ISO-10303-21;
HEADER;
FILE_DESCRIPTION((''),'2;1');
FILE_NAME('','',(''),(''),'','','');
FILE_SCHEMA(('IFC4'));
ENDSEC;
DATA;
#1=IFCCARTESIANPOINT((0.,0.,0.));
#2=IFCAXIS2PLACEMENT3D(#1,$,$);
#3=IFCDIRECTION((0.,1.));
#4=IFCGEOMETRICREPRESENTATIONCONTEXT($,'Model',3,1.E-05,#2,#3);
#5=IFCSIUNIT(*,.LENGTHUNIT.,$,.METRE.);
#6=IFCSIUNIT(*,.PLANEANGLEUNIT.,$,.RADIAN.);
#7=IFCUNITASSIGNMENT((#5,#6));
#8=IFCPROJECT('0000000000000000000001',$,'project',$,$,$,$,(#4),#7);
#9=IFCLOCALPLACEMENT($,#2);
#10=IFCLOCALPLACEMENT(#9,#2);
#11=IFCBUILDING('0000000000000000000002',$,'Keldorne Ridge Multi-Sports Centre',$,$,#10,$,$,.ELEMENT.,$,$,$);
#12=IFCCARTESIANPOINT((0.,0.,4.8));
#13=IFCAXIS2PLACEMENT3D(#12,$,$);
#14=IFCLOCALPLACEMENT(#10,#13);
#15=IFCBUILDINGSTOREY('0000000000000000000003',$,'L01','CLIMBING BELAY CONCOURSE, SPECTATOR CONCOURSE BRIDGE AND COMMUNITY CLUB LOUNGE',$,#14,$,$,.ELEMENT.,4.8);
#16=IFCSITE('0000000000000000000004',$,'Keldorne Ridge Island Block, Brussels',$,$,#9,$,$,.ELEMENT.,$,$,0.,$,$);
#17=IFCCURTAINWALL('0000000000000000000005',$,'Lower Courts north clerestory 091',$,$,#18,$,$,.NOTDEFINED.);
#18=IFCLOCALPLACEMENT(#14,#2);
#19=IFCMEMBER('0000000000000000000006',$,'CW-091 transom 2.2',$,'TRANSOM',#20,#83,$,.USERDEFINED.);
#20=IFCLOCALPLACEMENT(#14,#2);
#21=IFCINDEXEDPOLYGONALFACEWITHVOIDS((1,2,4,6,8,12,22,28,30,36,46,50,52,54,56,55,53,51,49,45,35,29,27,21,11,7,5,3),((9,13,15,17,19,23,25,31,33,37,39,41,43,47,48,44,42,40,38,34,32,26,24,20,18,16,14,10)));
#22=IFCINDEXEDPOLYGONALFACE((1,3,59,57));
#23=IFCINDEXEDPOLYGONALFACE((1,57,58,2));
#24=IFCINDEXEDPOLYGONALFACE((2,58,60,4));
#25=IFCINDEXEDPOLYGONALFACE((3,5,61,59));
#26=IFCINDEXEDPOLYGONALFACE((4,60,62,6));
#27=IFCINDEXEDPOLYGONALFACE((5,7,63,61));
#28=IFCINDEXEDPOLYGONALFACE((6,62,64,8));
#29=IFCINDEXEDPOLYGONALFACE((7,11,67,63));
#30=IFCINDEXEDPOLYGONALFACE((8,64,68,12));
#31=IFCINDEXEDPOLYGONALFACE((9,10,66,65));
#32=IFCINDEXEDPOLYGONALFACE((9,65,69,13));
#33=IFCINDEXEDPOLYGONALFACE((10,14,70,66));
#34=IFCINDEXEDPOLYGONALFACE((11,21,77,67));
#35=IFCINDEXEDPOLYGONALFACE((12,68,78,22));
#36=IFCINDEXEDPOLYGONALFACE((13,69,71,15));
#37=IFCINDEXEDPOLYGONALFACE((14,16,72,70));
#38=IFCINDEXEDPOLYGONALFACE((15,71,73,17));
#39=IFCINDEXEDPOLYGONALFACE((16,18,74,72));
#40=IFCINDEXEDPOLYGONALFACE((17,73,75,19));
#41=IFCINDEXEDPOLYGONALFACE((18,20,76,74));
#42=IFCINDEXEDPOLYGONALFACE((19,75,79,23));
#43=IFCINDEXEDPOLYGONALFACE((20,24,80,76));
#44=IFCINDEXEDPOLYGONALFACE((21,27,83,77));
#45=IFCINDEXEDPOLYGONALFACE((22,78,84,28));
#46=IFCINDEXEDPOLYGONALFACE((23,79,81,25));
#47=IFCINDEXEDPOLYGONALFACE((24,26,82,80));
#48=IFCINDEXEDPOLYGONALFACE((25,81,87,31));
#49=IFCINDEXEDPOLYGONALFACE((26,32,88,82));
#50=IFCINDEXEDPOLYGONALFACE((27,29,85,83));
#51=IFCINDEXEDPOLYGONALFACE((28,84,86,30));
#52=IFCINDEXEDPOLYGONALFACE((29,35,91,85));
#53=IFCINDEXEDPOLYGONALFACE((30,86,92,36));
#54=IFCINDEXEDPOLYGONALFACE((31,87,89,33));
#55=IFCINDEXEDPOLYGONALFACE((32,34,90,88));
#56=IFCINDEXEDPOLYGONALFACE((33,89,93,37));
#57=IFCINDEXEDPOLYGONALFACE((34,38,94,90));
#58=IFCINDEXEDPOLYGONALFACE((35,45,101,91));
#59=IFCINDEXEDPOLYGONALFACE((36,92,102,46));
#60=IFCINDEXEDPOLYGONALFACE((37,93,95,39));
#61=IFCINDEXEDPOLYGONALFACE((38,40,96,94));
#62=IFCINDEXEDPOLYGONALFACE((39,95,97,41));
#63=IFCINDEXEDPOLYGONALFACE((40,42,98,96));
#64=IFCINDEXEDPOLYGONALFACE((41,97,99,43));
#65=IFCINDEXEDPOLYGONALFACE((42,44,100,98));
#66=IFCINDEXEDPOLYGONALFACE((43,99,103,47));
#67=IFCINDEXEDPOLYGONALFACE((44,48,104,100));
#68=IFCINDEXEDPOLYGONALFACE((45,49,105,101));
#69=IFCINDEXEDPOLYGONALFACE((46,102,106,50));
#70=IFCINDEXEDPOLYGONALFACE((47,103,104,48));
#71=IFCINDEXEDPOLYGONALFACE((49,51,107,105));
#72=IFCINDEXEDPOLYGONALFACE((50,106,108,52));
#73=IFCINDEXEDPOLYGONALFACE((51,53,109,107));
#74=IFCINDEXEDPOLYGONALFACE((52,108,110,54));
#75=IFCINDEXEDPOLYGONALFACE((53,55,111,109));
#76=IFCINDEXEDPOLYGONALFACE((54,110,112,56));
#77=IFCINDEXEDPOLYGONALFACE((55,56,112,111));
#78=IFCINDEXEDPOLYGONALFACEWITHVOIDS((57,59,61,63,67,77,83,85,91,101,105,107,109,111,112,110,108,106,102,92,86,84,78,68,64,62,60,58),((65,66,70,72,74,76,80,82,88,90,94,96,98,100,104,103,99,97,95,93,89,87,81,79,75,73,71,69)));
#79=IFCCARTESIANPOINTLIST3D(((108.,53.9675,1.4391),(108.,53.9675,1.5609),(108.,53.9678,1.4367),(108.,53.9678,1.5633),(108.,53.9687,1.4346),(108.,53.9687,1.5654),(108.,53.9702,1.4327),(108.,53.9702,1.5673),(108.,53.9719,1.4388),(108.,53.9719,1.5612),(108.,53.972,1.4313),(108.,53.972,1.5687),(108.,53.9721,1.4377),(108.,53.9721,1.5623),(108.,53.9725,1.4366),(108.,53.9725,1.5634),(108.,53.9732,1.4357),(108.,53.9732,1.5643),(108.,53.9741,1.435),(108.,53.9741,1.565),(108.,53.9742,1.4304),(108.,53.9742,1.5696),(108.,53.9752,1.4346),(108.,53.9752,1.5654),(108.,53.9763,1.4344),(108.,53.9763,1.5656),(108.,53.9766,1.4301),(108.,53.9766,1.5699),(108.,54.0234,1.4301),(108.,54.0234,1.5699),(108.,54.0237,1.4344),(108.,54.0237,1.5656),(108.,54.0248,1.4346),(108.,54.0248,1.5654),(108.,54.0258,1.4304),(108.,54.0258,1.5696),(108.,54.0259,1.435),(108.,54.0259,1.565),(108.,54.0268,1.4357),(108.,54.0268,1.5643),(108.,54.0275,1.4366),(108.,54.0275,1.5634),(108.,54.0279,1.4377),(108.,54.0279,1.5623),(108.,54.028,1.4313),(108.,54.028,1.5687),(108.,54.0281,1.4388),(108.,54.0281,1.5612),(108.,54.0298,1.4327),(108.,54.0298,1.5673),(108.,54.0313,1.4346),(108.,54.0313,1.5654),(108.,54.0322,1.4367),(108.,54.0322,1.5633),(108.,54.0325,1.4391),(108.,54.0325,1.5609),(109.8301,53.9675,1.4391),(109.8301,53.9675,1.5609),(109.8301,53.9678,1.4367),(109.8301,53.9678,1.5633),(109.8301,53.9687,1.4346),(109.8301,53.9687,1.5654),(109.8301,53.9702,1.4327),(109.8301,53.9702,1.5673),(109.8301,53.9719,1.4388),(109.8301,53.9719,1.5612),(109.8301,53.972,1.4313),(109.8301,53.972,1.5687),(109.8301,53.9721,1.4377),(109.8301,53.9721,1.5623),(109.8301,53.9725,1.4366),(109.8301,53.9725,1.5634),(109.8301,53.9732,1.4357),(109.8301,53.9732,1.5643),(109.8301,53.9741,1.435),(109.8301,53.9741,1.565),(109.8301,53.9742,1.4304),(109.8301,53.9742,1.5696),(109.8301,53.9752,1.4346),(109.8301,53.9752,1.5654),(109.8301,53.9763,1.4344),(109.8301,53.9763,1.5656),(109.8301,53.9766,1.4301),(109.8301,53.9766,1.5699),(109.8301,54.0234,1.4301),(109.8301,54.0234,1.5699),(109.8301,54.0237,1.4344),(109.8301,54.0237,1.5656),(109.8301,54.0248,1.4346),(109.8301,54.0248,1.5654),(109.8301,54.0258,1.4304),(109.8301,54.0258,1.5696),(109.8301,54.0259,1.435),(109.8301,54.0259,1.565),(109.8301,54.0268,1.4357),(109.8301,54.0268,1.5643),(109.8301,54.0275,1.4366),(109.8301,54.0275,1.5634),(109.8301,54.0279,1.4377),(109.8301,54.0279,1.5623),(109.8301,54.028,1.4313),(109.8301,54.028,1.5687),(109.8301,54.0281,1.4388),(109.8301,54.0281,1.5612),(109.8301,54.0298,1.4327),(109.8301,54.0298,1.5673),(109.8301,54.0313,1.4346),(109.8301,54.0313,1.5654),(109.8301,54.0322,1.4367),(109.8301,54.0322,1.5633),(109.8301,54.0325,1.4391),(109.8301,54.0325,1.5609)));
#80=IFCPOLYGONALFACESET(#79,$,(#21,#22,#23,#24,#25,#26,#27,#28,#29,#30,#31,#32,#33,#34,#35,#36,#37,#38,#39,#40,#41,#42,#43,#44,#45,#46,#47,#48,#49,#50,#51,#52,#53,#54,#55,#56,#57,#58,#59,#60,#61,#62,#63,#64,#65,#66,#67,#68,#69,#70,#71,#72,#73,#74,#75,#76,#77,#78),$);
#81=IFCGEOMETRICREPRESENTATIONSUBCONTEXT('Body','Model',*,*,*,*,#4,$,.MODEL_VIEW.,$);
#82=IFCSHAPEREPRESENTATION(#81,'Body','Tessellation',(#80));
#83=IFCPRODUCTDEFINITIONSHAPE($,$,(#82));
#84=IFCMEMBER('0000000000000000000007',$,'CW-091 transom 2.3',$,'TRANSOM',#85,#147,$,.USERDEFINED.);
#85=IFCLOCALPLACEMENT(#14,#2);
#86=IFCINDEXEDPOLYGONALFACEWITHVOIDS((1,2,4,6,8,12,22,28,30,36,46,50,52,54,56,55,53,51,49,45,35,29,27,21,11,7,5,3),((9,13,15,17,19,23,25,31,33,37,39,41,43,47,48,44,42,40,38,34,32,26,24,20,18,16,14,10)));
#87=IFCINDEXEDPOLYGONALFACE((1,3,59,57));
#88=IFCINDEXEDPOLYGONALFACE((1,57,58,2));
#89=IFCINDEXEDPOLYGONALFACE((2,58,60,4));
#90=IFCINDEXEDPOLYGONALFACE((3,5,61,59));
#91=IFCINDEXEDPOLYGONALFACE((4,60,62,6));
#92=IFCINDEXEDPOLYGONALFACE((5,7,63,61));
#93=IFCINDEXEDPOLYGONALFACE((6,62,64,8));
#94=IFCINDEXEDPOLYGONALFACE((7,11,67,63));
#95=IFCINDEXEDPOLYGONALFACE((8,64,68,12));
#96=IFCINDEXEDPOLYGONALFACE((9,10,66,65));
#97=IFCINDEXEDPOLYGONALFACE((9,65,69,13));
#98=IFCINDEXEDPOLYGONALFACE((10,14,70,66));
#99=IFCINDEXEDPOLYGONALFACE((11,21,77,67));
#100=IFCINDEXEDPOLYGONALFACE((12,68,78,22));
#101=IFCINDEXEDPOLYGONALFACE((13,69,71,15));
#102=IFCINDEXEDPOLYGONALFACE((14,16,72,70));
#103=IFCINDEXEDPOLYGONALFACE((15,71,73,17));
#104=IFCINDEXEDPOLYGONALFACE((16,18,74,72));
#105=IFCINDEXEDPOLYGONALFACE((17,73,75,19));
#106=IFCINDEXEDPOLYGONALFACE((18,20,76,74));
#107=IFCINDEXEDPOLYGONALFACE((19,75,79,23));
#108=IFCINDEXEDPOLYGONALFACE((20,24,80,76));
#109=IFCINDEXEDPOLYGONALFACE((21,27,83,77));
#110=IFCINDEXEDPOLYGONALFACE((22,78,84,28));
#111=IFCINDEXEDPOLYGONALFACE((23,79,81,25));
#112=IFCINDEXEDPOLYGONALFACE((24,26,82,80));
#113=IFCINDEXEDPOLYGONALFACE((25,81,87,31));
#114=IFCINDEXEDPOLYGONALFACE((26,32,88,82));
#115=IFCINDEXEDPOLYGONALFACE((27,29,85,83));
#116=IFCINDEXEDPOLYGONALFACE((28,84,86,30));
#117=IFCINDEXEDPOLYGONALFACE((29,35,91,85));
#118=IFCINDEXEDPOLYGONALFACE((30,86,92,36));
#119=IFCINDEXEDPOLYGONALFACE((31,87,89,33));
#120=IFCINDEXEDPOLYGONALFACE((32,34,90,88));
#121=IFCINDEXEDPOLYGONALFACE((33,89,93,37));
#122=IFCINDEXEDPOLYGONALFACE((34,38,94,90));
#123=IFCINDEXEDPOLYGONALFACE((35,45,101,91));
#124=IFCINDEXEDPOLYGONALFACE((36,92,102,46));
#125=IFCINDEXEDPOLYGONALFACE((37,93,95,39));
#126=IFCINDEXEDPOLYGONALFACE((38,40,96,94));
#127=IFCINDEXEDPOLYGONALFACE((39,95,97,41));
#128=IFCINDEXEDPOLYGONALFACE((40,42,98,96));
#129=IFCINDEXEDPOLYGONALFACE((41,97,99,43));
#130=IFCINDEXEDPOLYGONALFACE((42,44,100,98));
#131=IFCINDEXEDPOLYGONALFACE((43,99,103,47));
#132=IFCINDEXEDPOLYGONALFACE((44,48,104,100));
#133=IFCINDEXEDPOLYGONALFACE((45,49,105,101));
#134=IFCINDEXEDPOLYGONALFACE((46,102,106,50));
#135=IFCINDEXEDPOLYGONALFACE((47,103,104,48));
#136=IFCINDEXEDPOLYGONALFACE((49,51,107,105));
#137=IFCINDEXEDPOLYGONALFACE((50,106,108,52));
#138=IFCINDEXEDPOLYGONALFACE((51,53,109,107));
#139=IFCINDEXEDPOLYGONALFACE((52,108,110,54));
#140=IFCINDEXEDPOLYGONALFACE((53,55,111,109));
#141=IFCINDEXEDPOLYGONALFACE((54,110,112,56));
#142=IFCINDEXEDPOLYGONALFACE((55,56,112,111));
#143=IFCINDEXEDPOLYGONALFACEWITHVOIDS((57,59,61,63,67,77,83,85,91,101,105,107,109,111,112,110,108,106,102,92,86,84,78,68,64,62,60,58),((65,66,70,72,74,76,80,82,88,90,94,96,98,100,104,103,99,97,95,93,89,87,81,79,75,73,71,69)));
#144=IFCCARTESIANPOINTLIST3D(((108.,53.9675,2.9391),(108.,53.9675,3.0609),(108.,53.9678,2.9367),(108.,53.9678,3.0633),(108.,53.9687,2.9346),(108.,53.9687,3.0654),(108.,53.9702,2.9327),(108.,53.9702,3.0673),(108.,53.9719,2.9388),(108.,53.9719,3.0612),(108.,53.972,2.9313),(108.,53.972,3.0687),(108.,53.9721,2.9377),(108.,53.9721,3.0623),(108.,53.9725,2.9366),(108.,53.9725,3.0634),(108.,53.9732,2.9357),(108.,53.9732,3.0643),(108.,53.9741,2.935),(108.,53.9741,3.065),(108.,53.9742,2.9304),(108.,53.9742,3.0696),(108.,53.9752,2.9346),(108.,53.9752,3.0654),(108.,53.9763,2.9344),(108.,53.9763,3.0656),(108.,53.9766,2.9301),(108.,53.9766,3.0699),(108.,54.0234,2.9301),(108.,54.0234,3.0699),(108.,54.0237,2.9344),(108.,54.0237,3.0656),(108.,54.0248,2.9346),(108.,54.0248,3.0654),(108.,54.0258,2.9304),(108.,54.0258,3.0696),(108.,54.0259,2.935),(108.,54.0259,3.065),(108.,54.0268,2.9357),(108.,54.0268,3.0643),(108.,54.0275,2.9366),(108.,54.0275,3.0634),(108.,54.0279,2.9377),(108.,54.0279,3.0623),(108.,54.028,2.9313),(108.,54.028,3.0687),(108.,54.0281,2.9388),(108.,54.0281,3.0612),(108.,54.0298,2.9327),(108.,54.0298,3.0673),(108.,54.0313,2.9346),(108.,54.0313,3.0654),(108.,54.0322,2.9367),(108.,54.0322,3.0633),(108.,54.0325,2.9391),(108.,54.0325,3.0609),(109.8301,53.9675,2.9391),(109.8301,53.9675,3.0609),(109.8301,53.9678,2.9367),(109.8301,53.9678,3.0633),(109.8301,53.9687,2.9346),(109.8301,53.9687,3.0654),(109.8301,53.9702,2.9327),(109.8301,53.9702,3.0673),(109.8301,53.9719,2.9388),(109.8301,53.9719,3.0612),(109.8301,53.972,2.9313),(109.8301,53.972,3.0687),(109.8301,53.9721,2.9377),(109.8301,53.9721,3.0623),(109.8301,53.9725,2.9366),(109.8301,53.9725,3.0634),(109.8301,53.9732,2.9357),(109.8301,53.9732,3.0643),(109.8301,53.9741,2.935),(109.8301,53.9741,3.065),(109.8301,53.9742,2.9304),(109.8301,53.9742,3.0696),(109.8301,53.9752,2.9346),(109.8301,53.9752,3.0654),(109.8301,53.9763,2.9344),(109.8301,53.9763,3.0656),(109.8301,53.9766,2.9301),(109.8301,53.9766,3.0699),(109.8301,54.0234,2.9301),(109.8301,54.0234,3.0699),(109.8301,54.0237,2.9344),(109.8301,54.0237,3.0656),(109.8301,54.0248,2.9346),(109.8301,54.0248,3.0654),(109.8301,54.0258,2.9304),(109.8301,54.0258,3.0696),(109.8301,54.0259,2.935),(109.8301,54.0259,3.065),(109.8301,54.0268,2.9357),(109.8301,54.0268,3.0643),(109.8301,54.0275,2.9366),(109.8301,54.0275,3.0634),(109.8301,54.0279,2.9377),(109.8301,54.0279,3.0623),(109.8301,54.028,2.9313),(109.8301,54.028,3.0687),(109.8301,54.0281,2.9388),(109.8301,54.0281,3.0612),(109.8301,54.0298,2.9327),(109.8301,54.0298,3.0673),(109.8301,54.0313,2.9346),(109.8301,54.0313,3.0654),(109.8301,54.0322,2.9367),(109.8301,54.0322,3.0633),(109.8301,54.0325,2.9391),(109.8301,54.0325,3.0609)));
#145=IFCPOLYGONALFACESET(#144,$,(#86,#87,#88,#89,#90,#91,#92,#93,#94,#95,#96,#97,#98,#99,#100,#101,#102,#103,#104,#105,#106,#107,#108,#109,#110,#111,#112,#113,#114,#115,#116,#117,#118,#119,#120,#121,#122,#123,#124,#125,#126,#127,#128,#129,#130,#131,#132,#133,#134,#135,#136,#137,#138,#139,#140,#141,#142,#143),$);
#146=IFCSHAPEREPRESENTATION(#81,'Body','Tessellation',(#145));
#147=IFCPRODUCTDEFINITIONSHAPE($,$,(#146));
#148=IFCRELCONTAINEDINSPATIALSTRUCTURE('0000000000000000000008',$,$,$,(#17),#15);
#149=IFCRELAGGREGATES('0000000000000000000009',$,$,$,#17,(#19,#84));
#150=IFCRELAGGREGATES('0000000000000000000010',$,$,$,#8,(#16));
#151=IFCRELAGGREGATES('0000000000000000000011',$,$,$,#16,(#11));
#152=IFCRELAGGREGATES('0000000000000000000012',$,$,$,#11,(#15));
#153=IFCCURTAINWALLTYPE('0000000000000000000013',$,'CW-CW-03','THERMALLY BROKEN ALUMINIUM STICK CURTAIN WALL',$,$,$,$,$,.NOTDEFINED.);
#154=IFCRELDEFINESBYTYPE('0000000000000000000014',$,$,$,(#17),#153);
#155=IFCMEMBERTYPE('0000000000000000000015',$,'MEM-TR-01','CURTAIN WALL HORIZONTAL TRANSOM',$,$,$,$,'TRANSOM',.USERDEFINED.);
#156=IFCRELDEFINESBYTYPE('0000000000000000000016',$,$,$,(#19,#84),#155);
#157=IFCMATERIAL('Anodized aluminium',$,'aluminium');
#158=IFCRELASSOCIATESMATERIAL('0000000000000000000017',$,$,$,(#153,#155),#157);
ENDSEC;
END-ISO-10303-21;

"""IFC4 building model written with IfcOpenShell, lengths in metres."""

from ifc_helpers import new_model, si_unit, direction, frame, origin, origin_2d, place, context, subcontext, project, spatial, hollow_rectangle, extrude, material, material_profile, profile_set, type_object, element, aggregate, save


model = new_model("IFC4")

# Units and contexts
model_context = context("Model", 3, precision=1e-05, world=origin(), true_north=direction((0.0, 1.0)))
body_context = subcontext(model_context, "Body", "Model", "MODEL_VIEW")
ifc_project = project(units=[si_unit("LENGTHUNIT", "METRE"), si_unit("PLANEANGLEUNIT", "RADIAN")], contexts=[model_context])

# Site, building, storey
site_placement = place(None, origin())
site = spatial("IfcSite", under=ifc_project, at=site_placement, Name="Keldorne Ridge Island Block, Brussels", CompositionType="ELEMENT", RefElevation=0.0)
building_placement = place(site_placement, origin())
building = spatial("IfcBuilding", under=site, at=building_placement, Name="Keldorne Ridge Multi-Sports Centre", CompositionType="ELEMENT")
storey_placement = place(building_placement, frame((0.0, 0.0, 4.8)))
storey = spatial("IfcBuildingStorey", under=building, at=storey_placement, Name="L01", Description="CLIMBING BELAY CONCOURSE, SPECTATOR CONCOURSE BRIDGE AND COMMUNITY CLUB LOUNGE", CompositionType="ELEMENT", Elevation=4.8)

# Curtain wall
ifc_material_1 = material(Name="Anodized aluminium", Category="aluminium")
curtain_wall_type = type_object("IfcCurtainWallType", Name="CW-CW-03", Description="THERMALLY BROKEN ALUMINIUM STICK CURTAIN WALL", PredefinedType="NOTDEFINED", material=ifc_material_1)
curtain_wall_placement = place(storey_placement, origin())
curtain_wall = element("IfcCurtainWall", 1, at=curtain_wall_placement, inside=storey, type_object=curtain_wall_type, Name="Lower Courts north clerestory 091", PredefinedType="NOTDEFINED")

# Members
ifc_material_profile_1 = material_profile(ifc_material_1, hollow_rectangle(XDim=0.0649, YDim=0.1399, WallThickness=0.0044, InnerFilletRadius=0.0044, OuterFilletRadius=0.009, at=origin_2d()), Name="ALU TRANSOM 140x65x4.5")
ifc_profile_set_1 = profile_set([ifc_material_profile_1], Name="Anodized aluminium")
member_type_1 = type_object("IfcMemberType", Name="MEM-TR-01", Description="CURTAIN WALL HORIZONTAL TRANSOM", ElementType="TRANSOM", PredefinedType="USERDEFINED", material=ifc_profile_set_1)
member_1_placement = place(storey_placement, frame((109.8301, 54.0, 1.5), z_axis=(-1.0, 0.0, 0.0), x_axis=(0.0, -1.0, 0.0)))
member_1 = element("IfcMember", 2, at=member_1_placement, type_object=member_type_1, Name="CW-091 transom 2.2", ObjectType="TRANSOM", PredefinedType="USERDEFINED", context=body_context, shape_type="SweptSolid", body=[
    extrude(hollow_rectangle(XDim=0.0649, YDim=0.1399, WallThickness=0.0044, InnerFilletRadius=0.0044, OuterFilletRadius=0.009, at=origin_2d()), origin(), (0.0, 0.0, 1.0), 1.8301),
])
member_2_placement = place(storey_placement, frame((109.8301, 54.0, 3.0), z_axis=(-1.0, 0.0, 0.0), x_axis=(0.0, -1.0, 0.0)))
member_2 = element("IfcMember", 3, at=member_2_placement, type_object=member_type_1, Name="CW-091 transom 2.3", ObjectType="TRANSOM", PredefinedType="USERDEFINED", context=body_context, shape_type="SweptSolid", body=[
    extrude(hollow_rectangle(XDim=0.0649, YDim=0.1399, WallThickness=0.0044, InnerFilletRadius=0.0044, OuterFilletRadius=0.009, at=origin_2d()), origin(), (0.0, 0.0, 1.0), 1.8301),
])

aggregate(curtain_wall, [member_1, member_2])

save(model, "model.ifc")
